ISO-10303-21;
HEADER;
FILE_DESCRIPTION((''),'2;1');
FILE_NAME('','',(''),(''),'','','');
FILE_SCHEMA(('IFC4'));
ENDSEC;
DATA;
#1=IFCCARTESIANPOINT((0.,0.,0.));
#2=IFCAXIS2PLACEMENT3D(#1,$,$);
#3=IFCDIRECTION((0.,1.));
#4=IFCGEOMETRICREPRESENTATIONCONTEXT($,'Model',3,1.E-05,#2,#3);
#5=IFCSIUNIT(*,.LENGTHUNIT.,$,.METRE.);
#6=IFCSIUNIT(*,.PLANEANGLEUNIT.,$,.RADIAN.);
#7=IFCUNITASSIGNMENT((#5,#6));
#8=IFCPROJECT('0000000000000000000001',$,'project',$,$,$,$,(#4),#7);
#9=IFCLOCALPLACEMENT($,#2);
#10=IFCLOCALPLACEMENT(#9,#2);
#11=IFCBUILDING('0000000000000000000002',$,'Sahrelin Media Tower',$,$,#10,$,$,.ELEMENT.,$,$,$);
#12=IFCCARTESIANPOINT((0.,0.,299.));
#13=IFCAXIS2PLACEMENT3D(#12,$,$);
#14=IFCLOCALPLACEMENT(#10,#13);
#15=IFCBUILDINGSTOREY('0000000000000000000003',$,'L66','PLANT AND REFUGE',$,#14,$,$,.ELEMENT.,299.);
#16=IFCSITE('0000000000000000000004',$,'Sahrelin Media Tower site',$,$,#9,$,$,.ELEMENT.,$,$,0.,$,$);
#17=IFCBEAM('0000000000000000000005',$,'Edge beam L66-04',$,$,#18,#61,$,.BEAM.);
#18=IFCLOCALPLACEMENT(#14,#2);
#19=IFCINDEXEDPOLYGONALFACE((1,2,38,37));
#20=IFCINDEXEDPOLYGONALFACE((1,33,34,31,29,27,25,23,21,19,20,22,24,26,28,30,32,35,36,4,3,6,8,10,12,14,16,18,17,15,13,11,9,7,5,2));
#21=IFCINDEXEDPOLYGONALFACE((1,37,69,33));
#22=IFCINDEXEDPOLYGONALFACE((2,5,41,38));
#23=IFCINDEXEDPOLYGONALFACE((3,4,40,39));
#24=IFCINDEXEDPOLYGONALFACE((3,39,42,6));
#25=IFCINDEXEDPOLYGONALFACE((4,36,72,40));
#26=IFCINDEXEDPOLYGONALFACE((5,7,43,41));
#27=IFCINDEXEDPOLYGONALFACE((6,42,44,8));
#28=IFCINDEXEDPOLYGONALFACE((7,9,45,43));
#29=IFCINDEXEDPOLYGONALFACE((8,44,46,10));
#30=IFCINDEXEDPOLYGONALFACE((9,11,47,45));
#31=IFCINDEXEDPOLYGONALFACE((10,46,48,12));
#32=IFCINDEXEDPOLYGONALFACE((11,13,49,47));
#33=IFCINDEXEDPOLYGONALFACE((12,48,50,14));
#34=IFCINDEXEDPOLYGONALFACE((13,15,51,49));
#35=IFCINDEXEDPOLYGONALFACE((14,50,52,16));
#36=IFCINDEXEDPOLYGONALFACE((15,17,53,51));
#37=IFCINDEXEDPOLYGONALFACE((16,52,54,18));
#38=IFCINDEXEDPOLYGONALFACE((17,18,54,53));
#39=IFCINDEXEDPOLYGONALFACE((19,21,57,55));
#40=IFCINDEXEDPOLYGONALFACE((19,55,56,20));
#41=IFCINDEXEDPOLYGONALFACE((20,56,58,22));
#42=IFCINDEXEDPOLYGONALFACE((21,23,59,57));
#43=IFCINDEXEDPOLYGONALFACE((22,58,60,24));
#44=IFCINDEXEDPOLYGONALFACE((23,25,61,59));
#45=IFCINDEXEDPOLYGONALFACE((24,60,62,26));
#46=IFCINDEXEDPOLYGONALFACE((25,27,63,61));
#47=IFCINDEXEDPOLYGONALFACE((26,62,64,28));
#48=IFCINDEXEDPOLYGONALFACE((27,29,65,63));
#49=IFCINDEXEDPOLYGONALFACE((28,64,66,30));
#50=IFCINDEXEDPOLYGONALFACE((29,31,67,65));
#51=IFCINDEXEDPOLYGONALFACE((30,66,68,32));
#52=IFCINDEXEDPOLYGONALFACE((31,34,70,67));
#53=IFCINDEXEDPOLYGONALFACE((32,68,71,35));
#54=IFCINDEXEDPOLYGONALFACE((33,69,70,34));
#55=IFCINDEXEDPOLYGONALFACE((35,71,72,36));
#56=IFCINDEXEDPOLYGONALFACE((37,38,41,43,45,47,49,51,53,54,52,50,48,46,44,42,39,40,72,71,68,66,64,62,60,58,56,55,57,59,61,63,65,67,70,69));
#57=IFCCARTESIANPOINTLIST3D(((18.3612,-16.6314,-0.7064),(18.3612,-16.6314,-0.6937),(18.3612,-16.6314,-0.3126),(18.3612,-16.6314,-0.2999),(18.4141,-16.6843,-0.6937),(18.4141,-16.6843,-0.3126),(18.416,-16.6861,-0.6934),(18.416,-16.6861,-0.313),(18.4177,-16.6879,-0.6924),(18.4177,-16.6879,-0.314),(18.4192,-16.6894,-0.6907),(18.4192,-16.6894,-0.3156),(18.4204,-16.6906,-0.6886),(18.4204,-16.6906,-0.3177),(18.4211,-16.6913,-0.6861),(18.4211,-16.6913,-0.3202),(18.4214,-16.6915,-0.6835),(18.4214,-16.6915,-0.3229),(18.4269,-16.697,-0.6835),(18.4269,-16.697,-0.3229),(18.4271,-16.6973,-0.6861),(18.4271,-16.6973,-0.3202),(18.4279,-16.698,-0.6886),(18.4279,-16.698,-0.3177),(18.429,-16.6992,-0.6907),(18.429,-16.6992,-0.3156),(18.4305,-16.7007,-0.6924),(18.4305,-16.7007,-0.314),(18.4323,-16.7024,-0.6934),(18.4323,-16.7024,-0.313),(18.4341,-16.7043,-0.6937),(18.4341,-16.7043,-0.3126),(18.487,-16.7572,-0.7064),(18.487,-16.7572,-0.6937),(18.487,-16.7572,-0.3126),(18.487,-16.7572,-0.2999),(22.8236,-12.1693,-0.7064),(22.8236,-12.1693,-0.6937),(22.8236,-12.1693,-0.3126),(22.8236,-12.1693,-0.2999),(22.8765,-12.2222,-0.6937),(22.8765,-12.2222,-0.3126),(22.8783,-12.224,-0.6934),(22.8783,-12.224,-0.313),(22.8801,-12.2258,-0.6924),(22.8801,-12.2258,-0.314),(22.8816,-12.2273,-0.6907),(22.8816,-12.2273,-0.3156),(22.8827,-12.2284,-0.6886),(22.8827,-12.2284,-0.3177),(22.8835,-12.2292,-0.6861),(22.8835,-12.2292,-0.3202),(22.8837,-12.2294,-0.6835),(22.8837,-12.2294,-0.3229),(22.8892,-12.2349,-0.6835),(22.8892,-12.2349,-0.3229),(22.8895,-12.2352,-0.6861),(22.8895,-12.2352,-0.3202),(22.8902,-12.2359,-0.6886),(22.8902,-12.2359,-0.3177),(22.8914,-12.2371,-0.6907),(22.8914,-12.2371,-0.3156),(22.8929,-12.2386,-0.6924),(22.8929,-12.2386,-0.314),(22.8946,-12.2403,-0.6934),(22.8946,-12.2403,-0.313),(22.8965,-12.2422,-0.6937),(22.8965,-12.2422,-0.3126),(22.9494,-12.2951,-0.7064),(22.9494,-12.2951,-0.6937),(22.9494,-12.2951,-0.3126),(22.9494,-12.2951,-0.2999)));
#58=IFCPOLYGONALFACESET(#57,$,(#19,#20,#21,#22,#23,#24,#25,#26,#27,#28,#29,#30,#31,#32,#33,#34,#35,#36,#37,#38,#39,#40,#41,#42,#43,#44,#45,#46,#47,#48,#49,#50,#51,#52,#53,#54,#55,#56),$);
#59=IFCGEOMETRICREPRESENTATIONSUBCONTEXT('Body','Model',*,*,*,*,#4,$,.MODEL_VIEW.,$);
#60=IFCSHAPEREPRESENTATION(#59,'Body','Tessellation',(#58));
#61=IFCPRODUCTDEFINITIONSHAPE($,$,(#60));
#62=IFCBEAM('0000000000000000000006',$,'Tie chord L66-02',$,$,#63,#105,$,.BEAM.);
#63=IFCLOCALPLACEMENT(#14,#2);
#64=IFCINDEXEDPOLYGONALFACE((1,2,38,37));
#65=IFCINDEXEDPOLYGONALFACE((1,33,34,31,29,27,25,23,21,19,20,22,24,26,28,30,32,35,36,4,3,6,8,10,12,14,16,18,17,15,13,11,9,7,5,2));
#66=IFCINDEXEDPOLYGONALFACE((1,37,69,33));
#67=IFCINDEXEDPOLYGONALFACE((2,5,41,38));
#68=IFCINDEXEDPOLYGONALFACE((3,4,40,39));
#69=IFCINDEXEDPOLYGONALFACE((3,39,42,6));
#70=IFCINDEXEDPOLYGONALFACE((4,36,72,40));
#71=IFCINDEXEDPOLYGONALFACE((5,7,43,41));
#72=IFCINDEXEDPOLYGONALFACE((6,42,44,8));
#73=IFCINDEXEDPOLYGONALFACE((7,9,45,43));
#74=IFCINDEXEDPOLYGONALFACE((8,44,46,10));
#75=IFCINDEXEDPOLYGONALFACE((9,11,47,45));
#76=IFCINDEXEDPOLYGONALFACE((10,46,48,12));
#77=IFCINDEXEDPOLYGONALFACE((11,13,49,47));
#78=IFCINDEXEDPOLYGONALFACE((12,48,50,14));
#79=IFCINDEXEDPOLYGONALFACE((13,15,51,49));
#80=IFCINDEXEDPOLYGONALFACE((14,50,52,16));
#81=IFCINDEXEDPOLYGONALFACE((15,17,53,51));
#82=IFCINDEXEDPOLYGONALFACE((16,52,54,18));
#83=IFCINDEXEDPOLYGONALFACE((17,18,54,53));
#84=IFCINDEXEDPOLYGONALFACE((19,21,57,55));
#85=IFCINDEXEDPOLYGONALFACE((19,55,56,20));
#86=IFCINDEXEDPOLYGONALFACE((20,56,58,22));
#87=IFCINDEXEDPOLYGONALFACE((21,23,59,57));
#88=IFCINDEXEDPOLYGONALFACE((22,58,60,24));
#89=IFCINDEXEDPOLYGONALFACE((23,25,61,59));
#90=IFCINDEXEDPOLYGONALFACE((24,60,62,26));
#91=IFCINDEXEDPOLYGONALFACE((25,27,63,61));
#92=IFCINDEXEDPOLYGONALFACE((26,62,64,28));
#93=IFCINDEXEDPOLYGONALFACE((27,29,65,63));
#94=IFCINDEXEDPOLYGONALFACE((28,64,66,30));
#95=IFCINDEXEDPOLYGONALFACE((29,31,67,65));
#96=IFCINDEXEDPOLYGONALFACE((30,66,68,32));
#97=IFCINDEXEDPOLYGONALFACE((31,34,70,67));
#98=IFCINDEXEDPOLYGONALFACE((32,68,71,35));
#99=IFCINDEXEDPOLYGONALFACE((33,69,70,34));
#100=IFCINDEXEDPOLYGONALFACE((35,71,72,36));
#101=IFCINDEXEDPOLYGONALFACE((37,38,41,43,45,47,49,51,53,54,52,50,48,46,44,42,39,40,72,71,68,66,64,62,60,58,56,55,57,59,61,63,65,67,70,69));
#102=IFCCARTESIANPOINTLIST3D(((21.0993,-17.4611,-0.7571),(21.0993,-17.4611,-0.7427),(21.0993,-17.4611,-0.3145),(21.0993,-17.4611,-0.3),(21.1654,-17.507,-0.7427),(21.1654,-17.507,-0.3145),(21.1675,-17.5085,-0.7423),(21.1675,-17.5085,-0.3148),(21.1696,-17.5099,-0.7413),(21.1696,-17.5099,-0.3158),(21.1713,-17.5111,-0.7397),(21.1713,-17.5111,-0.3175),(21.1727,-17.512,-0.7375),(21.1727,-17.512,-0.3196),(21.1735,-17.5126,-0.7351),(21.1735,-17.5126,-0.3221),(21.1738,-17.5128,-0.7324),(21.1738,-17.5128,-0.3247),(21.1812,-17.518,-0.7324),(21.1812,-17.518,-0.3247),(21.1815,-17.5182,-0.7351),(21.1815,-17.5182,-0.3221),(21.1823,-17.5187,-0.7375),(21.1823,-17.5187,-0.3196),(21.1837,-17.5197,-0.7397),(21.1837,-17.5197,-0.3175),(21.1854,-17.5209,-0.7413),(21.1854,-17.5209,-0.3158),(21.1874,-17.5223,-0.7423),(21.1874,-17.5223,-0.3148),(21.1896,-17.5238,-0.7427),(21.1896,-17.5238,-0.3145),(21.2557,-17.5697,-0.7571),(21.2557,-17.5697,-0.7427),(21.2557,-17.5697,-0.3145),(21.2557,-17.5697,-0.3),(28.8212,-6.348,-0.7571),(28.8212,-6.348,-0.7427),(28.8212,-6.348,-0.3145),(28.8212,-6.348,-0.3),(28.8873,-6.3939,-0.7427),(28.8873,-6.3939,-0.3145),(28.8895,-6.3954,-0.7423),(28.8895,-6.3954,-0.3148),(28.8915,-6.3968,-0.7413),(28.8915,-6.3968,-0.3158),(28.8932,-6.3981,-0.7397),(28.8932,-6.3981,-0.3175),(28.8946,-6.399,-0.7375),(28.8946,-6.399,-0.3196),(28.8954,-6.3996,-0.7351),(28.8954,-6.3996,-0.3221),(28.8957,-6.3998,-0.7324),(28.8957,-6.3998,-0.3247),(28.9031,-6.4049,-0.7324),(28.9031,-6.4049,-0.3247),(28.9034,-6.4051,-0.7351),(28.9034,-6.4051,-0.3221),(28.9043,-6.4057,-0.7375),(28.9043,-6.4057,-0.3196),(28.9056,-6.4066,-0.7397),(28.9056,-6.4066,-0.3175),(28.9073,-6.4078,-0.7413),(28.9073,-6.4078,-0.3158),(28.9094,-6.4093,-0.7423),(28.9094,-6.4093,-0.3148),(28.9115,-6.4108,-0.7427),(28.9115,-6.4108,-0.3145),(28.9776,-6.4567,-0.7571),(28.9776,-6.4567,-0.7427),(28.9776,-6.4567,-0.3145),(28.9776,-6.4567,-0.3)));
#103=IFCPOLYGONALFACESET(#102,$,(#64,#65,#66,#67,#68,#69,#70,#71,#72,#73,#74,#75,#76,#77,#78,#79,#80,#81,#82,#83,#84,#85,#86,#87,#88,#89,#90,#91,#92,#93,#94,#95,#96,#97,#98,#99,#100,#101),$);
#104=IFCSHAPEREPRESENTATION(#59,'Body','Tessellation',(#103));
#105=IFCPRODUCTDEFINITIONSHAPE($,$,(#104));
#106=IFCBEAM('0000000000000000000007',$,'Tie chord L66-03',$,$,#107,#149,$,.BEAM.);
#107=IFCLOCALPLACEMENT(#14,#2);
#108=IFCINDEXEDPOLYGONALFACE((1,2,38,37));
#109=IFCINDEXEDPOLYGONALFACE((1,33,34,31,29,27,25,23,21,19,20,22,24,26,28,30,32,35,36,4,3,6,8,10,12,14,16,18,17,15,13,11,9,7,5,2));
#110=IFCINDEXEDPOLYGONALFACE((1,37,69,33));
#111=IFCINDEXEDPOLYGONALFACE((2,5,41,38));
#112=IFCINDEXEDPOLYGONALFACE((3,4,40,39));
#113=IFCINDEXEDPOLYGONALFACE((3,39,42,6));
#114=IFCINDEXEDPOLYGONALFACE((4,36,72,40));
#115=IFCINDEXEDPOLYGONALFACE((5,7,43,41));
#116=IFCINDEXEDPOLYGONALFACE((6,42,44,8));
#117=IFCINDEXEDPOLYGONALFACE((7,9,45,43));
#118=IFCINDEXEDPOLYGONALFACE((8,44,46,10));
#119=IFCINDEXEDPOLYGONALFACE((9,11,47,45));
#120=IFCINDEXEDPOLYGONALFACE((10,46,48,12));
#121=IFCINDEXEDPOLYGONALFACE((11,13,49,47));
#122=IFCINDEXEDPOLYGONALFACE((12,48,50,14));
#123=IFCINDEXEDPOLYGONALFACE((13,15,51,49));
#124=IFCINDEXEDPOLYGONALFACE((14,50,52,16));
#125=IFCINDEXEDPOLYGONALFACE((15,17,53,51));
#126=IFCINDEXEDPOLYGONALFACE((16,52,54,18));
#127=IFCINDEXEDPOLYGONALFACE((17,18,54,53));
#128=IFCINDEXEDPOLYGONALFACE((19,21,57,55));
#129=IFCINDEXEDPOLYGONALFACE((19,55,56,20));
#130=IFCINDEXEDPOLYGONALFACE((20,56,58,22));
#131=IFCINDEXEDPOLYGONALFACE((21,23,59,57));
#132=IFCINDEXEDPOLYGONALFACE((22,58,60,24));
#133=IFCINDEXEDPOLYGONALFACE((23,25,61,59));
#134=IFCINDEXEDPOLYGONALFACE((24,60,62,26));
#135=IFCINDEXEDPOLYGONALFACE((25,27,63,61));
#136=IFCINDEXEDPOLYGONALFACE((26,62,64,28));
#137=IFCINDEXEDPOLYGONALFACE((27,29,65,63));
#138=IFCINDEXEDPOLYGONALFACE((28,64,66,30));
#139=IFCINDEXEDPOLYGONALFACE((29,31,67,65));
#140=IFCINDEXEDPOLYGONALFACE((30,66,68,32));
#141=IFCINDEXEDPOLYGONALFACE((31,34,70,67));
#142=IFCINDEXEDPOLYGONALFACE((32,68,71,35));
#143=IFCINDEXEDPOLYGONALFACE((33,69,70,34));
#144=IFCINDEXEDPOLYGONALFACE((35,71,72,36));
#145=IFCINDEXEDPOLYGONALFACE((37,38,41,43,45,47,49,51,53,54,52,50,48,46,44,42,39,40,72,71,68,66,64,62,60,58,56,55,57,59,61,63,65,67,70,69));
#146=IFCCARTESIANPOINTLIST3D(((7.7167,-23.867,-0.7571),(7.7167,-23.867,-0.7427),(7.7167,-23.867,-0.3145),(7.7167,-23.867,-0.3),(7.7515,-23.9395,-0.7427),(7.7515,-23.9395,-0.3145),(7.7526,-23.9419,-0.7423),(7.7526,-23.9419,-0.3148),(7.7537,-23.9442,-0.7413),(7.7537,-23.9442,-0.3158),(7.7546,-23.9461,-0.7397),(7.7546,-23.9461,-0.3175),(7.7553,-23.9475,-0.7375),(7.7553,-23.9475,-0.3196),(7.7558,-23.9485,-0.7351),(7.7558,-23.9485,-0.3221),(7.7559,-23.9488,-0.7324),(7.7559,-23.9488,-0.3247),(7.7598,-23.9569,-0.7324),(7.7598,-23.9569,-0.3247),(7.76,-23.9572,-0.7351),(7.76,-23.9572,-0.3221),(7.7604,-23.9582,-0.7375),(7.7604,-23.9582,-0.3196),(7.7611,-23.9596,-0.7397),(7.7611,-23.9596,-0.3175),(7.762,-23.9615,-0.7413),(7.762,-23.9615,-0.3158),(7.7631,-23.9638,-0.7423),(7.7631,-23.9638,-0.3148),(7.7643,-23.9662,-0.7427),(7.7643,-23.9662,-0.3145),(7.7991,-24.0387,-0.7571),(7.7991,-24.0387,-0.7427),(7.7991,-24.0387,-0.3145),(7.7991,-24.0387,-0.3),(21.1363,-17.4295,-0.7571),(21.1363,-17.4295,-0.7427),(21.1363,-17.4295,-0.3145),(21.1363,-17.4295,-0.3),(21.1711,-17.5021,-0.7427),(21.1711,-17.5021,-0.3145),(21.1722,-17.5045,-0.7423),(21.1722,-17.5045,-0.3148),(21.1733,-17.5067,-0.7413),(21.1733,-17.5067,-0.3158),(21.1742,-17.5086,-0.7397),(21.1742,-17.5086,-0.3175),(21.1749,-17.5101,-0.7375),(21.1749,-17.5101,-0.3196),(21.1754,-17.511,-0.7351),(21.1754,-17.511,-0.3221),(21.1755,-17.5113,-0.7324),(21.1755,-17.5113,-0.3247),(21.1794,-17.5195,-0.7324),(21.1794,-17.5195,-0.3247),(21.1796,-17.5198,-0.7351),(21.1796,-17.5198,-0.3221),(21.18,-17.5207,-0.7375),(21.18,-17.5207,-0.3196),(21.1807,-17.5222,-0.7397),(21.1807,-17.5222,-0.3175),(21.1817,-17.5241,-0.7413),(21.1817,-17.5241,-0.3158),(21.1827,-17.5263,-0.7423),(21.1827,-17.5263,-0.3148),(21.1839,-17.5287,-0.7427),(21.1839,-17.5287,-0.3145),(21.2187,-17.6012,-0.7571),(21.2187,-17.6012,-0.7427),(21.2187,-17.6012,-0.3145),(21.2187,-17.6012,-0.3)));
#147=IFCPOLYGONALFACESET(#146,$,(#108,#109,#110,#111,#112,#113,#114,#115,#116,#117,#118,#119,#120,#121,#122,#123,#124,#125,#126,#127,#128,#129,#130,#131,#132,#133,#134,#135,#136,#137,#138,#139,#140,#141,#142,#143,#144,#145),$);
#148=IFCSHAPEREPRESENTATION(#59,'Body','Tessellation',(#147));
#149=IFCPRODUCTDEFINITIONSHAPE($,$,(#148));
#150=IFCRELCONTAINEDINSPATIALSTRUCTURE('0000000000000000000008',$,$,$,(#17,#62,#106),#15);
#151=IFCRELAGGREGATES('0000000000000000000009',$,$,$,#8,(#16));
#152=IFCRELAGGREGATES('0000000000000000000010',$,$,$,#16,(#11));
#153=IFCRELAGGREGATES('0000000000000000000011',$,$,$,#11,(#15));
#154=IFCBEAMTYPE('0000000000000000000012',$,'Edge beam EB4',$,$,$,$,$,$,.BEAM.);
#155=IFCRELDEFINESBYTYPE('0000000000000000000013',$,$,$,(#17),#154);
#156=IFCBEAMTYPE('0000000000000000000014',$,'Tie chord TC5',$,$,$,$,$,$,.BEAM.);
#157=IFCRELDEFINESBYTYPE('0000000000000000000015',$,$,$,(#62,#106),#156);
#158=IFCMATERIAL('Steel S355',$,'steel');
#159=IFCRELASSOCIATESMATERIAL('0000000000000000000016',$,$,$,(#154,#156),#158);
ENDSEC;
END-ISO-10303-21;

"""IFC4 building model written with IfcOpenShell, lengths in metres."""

from ifc_helpers import new_model, si_unit, direction, frame, origin, origin_2d, place, context, subcontext, project, spatial, i_section, extrude, material, material_profile, profile_set, type_object, element, save


model = new_model("IFC4")

# Units and contexts
model_context = context("Model", 3, precision=1e-05, world=origin(), true_north=direction((0.0, 1.0)))
body_context = subcontext(model_context, "Body", "Model", "MODEL_VIEW")
ifc_project = project(units=[si_unit("LENGTHUNIT", "METRE"), si_unit("PLANEANGLEUNIT", "RADIAN")], contexts=[model_context])

# Site, building, storey
site_placement = place(None, origin())
site = spatial("IfcSite", under=ifc_project, at=site_placement, Name="Sahrelin Media Tower site", CompositionType="ELEMENT", RefElevation=0.0)
building_placement = place(site_placement, origin())
building = spatial("IfcBuilding", under=site, at=building_placement, Name="Sahrelin Media Tower", CompositionType="ELEMENT")
storey_placement = place(building_placement, frame((0.0, 0.0, 299.0)))
storey = spatial("IfcBuildingStorey", under=building, at=storey_placement, Name="L66", Description="PLANT AND REFUGE", CompositionType="ELEMENT", Elevation=299.0)

# Beams
ifc_material_1 = material(Name="Steel S355", Category="steel")
ifc_material_profile_1 = material_profile(ifc_material_1, i_section(OverallWidth=0.178, OverallDepth=0.4065, WebThickness=0.0078, FlangeThickness=0.0127, FilletRadius=0.0103, at=origin_2d()), Name="UB 406x178x60")
ifc_profile_set_1 = profile_set([ifc_material_profile_1], Name="Steel S355")
beam_type_1 = type_object("IfcBeamType", Name="Edge beam EB4", PredefinedType="BEAM", material=ifc_profile_set_1)
beam_1_placement = place(storey_placement, frame((22.8865, -12.2322, -0.5032), z_axis=(-0.707126, -0.707087, 0.0), x_axis=(0.707087, -0.707126, 0.0)))
element("IfcBeam", 1, at=beam_1_placement, inside=storey, type_object=beam_type_1, Name="Edge beam L66-04", PredefinedType="BEAM", context=body_context, shape_type="SweptSolid", body=[
    extrude(i_section(OverallWidth=0.178, OverallDepth=0.4065, WebThickness=0.0078, FlangeThickness=0.0127, FilletRadius=0.0103, at=origin_2d()), origin(), (0.0, 0.0, 1.0), 6.3105),
])
ifc_material_profile_2 = material_profile(ifc_material_1, i_section(OverallWidth=0.1904, OverallDepth=0.457, WebThickness=0.009, FlangeThickness=0.0144, FilletRadius=0.0103, at=origin_2d()), Name="UB 457x191x74")
ifc_profile_set_2 = profile_set([ifc_material_profile_2], Name="Steel S355")
beam_type_2 = type_object("IfcBeamType", Name="Tie chord TC5", PredefinedType="BEAM", material=ifc_profile_set_2)
beam_2_placement = place(storey_placement, frame((28.8994, -6.4023, -0.5286), z_axis=(-0.570622, -0.821213, 0.0), x_axis=(0.821213, -0.570622, 0.0)))
element("IfcBeam", 2, at=beam_2_placement, inside=storey, type_object=beam_type_2, Name="Tie chord L66-02", PredefinedType="BEAM", context=body_context, shape_type="SweptSolid", body=[
    extrude(i_section(OverallWidth=0.1904, OverallDepth=0.457, WebThickness=0.009, FlangeThickness=0.0144, FilletRadius=0.0103, at=origin_2d()), origin(), (0.0, 0.0, 1.0), 13.5325),
])
beam_3_placement = place(storey_placement, frame((21.1775, -17.5154, -0.5286), z_axis=(-0.901626, -0.432516, 0.0), x_axis=(0.432516, -0.901626, 0.0)))
element("IfcBeam", 3, at=beam_3_placement, inside=storey, type_object=beam_type_2, Name="Tie chord L66-03", PredefinedType="BEAM", context=body_context, shape_type="SweptSolid", body=[
    extrude(i_section(OverallWidth=0.1904, OverallDepth=0.457, WebThickness=0.009, FlangeThickness=0.0144, FilletRadius=0.0103, at=origin_2d()), origin(), (0.0, 0.0, 1.0), 14.8838),
])

save(model, "model.ifc")
